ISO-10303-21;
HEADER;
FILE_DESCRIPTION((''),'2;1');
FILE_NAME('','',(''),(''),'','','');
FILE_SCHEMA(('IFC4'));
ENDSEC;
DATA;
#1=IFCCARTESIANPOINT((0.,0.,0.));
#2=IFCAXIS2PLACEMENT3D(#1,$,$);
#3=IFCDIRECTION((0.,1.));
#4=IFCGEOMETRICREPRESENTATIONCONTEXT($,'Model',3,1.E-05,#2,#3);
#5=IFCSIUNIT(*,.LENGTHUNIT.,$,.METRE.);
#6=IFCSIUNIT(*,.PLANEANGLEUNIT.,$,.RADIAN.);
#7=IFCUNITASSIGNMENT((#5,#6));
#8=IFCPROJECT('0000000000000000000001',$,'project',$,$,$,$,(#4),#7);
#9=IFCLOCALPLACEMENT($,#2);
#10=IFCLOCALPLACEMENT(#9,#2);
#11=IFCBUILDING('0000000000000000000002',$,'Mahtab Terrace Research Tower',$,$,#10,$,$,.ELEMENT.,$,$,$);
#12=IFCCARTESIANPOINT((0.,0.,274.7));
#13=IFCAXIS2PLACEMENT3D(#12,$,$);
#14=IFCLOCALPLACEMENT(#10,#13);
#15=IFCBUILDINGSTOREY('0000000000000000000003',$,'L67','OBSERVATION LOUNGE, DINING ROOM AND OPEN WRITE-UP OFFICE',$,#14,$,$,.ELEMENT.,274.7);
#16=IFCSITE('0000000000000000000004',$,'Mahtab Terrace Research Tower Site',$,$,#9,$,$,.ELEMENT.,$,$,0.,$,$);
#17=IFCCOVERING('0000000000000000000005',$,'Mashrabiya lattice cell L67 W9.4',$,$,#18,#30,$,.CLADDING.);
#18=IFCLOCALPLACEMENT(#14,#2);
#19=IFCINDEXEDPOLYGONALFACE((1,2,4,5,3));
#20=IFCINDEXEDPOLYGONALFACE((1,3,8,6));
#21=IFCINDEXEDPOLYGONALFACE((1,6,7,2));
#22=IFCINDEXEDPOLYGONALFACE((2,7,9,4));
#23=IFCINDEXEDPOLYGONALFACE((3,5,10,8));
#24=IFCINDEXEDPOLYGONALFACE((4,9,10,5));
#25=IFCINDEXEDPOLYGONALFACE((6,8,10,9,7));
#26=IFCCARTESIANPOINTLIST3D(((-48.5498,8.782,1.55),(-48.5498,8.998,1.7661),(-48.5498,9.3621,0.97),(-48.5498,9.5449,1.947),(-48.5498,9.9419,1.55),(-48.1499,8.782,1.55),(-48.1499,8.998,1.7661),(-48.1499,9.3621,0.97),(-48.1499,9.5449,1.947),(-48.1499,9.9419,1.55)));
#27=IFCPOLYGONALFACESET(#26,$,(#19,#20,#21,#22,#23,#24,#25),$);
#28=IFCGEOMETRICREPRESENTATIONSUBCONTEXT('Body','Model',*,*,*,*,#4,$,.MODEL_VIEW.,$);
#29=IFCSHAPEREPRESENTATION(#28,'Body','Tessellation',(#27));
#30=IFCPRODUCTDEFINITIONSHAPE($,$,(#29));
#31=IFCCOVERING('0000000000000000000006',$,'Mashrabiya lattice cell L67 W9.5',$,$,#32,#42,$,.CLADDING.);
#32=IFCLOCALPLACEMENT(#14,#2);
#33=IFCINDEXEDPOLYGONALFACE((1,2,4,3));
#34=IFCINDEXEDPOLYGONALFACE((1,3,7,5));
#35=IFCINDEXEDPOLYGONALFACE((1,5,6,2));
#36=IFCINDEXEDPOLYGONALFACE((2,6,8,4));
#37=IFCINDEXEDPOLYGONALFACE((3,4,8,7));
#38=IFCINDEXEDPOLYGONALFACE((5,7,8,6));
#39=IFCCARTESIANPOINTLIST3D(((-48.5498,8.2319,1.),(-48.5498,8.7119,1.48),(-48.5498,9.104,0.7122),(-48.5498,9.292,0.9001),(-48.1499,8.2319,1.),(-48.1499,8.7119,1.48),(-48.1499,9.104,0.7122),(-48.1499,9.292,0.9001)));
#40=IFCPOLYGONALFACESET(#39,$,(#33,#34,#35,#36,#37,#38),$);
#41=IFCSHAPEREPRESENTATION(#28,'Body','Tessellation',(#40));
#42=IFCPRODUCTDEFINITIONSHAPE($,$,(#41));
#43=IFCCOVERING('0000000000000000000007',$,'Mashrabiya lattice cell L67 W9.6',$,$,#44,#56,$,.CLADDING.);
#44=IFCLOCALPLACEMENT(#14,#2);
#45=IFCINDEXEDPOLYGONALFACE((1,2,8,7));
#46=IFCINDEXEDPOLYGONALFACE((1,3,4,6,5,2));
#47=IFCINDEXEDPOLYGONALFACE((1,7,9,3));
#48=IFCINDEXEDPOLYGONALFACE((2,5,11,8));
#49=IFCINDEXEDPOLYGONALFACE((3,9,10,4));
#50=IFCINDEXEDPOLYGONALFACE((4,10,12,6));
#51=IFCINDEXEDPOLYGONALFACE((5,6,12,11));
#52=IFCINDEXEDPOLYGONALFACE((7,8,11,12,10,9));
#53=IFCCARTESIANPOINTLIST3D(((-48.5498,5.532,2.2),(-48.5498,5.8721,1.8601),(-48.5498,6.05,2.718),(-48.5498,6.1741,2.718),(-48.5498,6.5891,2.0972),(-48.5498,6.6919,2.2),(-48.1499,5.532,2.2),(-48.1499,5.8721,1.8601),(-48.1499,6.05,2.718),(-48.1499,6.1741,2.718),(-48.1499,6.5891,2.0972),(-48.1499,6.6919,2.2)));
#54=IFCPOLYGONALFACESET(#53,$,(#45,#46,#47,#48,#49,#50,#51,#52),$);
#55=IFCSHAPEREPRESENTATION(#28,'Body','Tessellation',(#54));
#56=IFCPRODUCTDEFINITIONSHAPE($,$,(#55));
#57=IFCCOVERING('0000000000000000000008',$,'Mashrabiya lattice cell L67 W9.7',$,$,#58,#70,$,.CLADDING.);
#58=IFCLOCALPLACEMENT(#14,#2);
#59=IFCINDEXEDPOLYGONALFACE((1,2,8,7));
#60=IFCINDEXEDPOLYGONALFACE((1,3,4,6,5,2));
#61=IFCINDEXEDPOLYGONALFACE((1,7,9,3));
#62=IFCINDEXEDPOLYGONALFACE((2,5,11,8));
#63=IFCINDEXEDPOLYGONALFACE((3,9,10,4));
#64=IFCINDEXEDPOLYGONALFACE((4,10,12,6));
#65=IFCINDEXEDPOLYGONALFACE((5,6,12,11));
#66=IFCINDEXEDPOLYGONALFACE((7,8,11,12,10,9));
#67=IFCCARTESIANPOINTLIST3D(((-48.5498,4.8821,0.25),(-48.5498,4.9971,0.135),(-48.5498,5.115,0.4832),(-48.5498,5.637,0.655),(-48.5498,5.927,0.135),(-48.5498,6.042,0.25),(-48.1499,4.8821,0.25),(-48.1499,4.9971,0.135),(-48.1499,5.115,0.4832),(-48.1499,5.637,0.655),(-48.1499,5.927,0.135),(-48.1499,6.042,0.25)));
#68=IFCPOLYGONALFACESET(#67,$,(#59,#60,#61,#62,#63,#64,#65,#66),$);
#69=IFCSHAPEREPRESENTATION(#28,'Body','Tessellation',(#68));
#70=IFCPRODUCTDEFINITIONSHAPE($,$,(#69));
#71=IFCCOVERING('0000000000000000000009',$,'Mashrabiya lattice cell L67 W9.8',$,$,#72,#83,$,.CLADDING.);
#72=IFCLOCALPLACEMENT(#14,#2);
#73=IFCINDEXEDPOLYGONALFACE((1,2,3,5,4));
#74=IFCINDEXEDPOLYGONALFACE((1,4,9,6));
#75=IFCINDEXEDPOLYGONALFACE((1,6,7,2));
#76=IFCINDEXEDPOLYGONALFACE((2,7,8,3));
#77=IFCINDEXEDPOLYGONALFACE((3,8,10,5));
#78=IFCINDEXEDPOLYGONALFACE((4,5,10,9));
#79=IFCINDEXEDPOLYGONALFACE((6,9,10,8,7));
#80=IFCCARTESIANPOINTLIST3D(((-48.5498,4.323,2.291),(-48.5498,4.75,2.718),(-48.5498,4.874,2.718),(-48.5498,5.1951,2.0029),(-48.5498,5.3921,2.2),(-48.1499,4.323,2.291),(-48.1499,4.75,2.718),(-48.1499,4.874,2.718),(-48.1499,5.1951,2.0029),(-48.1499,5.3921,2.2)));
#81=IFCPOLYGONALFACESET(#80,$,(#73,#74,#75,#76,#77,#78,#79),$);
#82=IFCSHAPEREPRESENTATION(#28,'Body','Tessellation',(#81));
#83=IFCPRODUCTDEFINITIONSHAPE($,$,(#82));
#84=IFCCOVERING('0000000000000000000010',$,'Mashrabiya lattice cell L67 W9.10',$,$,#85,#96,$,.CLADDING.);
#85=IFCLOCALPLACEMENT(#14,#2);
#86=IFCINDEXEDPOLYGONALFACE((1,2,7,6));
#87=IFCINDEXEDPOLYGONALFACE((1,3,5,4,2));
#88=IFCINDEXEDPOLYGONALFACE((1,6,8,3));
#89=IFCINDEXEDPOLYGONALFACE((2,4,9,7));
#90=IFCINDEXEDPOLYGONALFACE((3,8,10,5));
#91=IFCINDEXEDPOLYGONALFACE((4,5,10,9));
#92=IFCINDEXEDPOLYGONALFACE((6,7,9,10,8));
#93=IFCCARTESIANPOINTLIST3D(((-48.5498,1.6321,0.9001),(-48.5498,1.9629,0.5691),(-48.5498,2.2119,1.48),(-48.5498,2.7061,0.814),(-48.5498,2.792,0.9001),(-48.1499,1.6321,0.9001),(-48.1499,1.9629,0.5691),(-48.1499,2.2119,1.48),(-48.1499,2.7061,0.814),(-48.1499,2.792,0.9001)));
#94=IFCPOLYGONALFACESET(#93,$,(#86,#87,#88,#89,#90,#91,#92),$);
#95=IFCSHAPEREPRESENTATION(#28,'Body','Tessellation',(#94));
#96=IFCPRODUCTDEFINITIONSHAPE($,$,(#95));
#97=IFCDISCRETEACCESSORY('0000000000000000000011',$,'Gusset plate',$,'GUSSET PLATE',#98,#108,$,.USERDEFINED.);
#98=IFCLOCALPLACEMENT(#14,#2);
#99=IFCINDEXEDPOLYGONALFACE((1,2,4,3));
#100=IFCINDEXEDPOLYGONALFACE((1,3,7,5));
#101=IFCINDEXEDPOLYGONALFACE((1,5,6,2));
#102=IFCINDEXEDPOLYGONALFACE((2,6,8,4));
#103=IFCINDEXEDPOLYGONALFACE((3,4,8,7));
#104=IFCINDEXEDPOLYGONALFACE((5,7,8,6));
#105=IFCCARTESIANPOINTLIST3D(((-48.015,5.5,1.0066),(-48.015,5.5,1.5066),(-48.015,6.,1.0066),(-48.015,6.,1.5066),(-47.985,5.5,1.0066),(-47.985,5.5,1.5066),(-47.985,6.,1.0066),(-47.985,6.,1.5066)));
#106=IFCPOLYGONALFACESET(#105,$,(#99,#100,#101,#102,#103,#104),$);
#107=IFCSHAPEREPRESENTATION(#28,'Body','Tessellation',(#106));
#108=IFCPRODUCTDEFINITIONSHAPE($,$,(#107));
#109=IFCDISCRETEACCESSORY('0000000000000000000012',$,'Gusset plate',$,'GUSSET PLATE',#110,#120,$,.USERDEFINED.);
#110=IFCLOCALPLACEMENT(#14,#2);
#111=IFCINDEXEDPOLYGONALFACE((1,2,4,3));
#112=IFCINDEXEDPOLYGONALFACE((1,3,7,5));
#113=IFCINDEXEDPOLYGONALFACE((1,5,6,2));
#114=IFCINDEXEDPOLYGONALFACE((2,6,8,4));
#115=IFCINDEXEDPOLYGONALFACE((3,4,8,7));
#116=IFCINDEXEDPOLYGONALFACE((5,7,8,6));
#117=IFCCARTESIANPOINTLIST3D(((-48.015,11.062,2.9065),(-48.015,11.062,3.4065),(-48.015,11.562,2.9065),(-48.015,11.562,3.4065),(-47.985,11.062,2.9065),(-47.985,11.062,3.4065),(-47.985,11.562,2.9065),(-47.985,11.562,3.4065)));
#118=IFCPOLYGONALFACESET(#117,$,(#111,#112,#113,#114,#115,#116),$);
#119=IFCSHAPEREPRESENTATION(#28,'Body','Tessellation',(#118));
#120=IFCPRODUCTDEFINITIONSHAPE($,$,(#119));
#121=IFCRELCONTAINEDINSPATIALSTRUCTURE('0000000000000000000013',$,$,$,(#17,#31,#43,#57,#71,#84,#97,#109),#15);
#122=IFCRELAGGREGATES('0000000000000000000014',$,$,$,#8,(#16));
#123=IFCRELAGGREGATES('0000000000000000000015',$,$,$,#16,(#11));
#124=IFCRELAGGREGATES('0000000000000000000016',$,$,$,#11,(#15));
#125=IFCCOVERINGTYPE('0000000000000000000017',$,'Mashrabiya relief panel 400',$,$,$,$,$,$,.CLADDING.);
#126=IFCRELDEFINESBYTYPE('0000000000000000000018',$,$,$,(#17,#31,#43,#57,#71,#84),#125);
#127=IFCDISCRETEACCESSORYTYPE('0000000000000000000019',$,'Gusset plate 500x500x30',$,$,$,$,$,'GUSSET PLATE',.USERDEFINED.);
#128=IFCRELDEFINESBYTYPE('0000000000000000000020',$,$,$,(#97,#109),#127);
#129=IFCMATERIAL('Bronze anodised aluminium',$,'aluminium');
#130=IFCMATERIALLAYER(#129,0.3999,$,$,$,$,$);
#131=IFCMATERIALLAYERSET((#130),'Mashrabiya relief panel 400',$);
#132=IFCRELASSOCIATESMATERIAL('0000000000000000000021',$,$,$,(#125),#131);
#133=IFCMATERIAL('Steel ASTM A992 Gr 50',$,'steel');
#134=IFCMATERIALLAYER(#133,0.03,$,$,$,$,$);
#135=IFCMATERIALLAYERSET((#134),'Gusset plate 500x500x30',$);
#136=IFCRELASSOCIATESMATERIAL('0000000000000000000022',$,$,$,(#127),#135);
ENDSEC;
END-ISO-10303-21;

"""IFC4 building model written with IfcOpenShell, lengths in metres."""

from ifc_helpers import new_model, si_unit, direction, frame, origin, origin_2d, place, context, subcontext, project, spatial, polyline, rectangle, outline, extrude, material, layer, layer_set, type_object, element, save


model = new_model("IFC4")

# Units and contexts
model_context = context("Model", 3, precision=1e-05, world=origin(), true_north=direction((0.0, 1.0)))
body_context = subcontext(model_context, "Body", "Model", "MODEL_VIEW")
ifc_project = project(units=[si_unit("LENGTHUNIT", "METRE"), si_unit("PLANEANGLEUNIT", "RADIAN")], contexts=[model_context])

# Site, building, storey
site_placement = place(None, origin())
site = spatial("IfcSite", under=ifc_project, at=site_placement, Name="Mahtab Terrace Research Tower Site", CompositionType="ELEMENT", RefElevation=0.0)
building_placement = place(site_placement, origin())
building = spatial("IfcBuilding", under=site, at=building_placement, Name="Mahtab Terrace Research Tower", CompositionType="ELEMENT")
storey_placement = place(building_placement, frame((0.0, 0.0, 274.7)))
storey = spatial("IfcBuildingStorey", under=building, at=storey_placement, Name="L67", Description="OBSERVATION LOUNGE, DINING ROOM AND OPEN WRITE-UP OFFICE", CompositionType="ELEMENT", Elevation=274.7)

# Shared definitions
ifc_material_1 = material(Name="Steel ASTM A992 Gr 50", Category="steel")

# Coverings
ifc_material_2 = material(Name="Bronze anodised aluminium", Category="aluminium")
ifc_layer_1 = layer(ifc_material_2, 0.3999)
ifc_layer_set_1 = layer_set([ifc_layer_1], Name="Mashrabiya relief panel 400")
covering_type = type_object("IfcCoveringType", Name="Mashrabiya relief panel 400", PredefinedType="CLADDING", material=ifc_layer_set_1)
covering_1_placement = place(storey_placement, frame((-48.1499, 8.782, 1.55), z_axis=(1.0, 0.0, 0.0), x_axis=(0.0, 0.707107, -0.707107)))
element("IfcCovering", 1, at=covering_1_placement, inside=storey, type_object=covering_type, Name="Mashrabiya lattice cell L67 W9.4", PredefinedType="CLADDING", context=body_context, shape_type="SweptSolid", body=[
    extrude(outline(polyline([(0.0, 0.0), (0.8204, 0.0), (0.8202, 0.8202), (0.2588, 0.8202), (0.0, 0.3056), (0.0, 0.0)])), origin(), (0.0, 0.0, -1.0), 0.3999),
])
covering_2_placement = place(storey_placement, frame((-48.1499, 9.292, 0.9001), z_axis=(1.0, 0.0, 0.0), x_axis=(0.0, -0.707256, 0.706958)))
element("IfcCovering", 2, at=covering_2_placement, inside=storey, type_object=covering_type, Name="Mashrabiya lattice cell L67 W9.5", PredefinedType="CLADDING", context=body_context, shape_type="SweptSolid", body=[
    extrude(outline(polyline([(0.0, 0.0), (0.8202, 0.0), (0.8203, 0.6788), (0.0001, 0.2659), (0.0, 0.0)])), origin(), (0.0, 0.0, -1.0), 0.3999),
])
covering_3_placement = place(storey_placement, frame((-48.1499, 6.6919, 2.2), z_axis=(1.0, 0.0, 0.0), x_axis=(0.0, -0.70694, 0.707273)))
element("IfcCovering", 3, at=covering_3_placement, inside=storey, type_object=covering_type, Name="Mashrabiya lattice cell L67 W9.6", PredefinedType="CLADDING", context=body_context, shape_type="SweptSolid", body=[
    extrude(outline(polyline([(0.0, 0.0), (0.7325, 0.0), (0.8202, 0.0877), (0.82, 0.8204), (0.3392, 0.8201), (0.0, 0.1454), (0.0, 0.0)])), origin(), (0.0, 0.0, -1.0), 0.3999),
])
covering_4_placement = place(storey_placement, frame((-48.1499, 6.042, 0.25), z_axis=(1.0, 0.0, 0.0), x_axis=(0.0, -0.707107, 0.707107)))
element("IfcCovering", 4, at=covering_4_placement, inside=storey, type_object=covering_type, Name="Mashrabiya lattice cell L67 W9.7", PredefinedType="CLADDING", context=body_context, shape_type="SweptSolid", body=[
    extrude(outline(polyline([(0.0, 0.0), (0.5728, 0.0), (0.8204, 0.4906), (0.8202, 0.8202), (0.6576, 0.8202), (0.0, 0.1626), (0.0, 0.0)])), origin(), (0.0, 0.0, -1.0), 0.3999),
])
covering_5_placement = place(storey_placement, frame((-48.1499, 5.3921, 2.2), z_axis=(1.0, 0.0, 0.0), x_axis=(0.0, -0.707107, 0.707107)))
element("IfcCovering", 5, at=covering_5_placement, inside=storey, type_object=covering_type, Name="Mashrabiya lattice cell L67 W9.8", PredefinedType="CLADDING", context=body_context, shape_type="SweptSolid", body=[
    extrude(outline(polyline([(0.0, 0.0), (0.7327, 0.0), (0.8204, 0.0877), (0.8204, 0.6916), (0.0, 0.2786), (0.0, 0.0)])), origin(), (0.0, 0.0, -1.0), 0.3999),
])
covering_6_placement = place(storey_placement, frame((-48.1499, 2.792, 0.9001), z_axis=(1.0, 0.0, 0.0), x_axis=(0.0, -0.707256, 0.706958)))
element("IfcCovering", 6, at=covering_6_placement, inside=storey, type_object=covering_type, Name="Mashrabiya lattice cell L67 W9.10", PredefinedType="CLADDING", context=body_context, shape_type="SweptSolid", body=[
    extrude(outline(polyline([(0.0, 0.0), (0.8202, 0.0), (0.8204, 0.82), (0.3523, 0.8203), (-0.0001, 0.1217), (0.0, 0.0)])), origin(), (0.0, 0.0, -1.0), 0.3999),
])

# Discrete accessories
ifc_layer_2 = layer(ifc_material_1, 0.03)
ifc_layer_set_2 = layer_set([ifc_layer_2], Name="Gusset plate 500x500x30")
discrete_accessory_type = type_object("IfcDiscreteAccessoryType", Name="Gusset plate 500x500x30", ElementType="GUSSET PLATE", PredefinedType="USERDEFINED", material=ifc_layer_set_2)
for number, where, z_axis, x_axis, name in (
    (7, (-48.0, 5.75, 1.0066), (0.0, 0.0, 1.0), (0.0, 1.0, 0.0), "Gusset plate"),
    (8, (-48.0, 11.312, 2.9065), (0.0, 0.0, 1.0), (0.0, 1.0, 0.0), "Gusset plate"),
):
    element("IfcDiscreteAccessory", number, at=place(storey_placement, frame(where, z_axis=z_axis, x_axis=x_axis)), inside=storey, type_object=discrete_accessory_type, Name=name, ObjectType="GUSSET PLATE", PredefinedType="USERDEFINED", context=body_context, shape_type="SweptSolid", body=[
        extrude(rectangle(XDim=0.5, YDim=0.03, at=origin_2d()), origin(), (0.0, 0.0, 1.0), 0.5),
    ])

save(model, "model.ifc")
